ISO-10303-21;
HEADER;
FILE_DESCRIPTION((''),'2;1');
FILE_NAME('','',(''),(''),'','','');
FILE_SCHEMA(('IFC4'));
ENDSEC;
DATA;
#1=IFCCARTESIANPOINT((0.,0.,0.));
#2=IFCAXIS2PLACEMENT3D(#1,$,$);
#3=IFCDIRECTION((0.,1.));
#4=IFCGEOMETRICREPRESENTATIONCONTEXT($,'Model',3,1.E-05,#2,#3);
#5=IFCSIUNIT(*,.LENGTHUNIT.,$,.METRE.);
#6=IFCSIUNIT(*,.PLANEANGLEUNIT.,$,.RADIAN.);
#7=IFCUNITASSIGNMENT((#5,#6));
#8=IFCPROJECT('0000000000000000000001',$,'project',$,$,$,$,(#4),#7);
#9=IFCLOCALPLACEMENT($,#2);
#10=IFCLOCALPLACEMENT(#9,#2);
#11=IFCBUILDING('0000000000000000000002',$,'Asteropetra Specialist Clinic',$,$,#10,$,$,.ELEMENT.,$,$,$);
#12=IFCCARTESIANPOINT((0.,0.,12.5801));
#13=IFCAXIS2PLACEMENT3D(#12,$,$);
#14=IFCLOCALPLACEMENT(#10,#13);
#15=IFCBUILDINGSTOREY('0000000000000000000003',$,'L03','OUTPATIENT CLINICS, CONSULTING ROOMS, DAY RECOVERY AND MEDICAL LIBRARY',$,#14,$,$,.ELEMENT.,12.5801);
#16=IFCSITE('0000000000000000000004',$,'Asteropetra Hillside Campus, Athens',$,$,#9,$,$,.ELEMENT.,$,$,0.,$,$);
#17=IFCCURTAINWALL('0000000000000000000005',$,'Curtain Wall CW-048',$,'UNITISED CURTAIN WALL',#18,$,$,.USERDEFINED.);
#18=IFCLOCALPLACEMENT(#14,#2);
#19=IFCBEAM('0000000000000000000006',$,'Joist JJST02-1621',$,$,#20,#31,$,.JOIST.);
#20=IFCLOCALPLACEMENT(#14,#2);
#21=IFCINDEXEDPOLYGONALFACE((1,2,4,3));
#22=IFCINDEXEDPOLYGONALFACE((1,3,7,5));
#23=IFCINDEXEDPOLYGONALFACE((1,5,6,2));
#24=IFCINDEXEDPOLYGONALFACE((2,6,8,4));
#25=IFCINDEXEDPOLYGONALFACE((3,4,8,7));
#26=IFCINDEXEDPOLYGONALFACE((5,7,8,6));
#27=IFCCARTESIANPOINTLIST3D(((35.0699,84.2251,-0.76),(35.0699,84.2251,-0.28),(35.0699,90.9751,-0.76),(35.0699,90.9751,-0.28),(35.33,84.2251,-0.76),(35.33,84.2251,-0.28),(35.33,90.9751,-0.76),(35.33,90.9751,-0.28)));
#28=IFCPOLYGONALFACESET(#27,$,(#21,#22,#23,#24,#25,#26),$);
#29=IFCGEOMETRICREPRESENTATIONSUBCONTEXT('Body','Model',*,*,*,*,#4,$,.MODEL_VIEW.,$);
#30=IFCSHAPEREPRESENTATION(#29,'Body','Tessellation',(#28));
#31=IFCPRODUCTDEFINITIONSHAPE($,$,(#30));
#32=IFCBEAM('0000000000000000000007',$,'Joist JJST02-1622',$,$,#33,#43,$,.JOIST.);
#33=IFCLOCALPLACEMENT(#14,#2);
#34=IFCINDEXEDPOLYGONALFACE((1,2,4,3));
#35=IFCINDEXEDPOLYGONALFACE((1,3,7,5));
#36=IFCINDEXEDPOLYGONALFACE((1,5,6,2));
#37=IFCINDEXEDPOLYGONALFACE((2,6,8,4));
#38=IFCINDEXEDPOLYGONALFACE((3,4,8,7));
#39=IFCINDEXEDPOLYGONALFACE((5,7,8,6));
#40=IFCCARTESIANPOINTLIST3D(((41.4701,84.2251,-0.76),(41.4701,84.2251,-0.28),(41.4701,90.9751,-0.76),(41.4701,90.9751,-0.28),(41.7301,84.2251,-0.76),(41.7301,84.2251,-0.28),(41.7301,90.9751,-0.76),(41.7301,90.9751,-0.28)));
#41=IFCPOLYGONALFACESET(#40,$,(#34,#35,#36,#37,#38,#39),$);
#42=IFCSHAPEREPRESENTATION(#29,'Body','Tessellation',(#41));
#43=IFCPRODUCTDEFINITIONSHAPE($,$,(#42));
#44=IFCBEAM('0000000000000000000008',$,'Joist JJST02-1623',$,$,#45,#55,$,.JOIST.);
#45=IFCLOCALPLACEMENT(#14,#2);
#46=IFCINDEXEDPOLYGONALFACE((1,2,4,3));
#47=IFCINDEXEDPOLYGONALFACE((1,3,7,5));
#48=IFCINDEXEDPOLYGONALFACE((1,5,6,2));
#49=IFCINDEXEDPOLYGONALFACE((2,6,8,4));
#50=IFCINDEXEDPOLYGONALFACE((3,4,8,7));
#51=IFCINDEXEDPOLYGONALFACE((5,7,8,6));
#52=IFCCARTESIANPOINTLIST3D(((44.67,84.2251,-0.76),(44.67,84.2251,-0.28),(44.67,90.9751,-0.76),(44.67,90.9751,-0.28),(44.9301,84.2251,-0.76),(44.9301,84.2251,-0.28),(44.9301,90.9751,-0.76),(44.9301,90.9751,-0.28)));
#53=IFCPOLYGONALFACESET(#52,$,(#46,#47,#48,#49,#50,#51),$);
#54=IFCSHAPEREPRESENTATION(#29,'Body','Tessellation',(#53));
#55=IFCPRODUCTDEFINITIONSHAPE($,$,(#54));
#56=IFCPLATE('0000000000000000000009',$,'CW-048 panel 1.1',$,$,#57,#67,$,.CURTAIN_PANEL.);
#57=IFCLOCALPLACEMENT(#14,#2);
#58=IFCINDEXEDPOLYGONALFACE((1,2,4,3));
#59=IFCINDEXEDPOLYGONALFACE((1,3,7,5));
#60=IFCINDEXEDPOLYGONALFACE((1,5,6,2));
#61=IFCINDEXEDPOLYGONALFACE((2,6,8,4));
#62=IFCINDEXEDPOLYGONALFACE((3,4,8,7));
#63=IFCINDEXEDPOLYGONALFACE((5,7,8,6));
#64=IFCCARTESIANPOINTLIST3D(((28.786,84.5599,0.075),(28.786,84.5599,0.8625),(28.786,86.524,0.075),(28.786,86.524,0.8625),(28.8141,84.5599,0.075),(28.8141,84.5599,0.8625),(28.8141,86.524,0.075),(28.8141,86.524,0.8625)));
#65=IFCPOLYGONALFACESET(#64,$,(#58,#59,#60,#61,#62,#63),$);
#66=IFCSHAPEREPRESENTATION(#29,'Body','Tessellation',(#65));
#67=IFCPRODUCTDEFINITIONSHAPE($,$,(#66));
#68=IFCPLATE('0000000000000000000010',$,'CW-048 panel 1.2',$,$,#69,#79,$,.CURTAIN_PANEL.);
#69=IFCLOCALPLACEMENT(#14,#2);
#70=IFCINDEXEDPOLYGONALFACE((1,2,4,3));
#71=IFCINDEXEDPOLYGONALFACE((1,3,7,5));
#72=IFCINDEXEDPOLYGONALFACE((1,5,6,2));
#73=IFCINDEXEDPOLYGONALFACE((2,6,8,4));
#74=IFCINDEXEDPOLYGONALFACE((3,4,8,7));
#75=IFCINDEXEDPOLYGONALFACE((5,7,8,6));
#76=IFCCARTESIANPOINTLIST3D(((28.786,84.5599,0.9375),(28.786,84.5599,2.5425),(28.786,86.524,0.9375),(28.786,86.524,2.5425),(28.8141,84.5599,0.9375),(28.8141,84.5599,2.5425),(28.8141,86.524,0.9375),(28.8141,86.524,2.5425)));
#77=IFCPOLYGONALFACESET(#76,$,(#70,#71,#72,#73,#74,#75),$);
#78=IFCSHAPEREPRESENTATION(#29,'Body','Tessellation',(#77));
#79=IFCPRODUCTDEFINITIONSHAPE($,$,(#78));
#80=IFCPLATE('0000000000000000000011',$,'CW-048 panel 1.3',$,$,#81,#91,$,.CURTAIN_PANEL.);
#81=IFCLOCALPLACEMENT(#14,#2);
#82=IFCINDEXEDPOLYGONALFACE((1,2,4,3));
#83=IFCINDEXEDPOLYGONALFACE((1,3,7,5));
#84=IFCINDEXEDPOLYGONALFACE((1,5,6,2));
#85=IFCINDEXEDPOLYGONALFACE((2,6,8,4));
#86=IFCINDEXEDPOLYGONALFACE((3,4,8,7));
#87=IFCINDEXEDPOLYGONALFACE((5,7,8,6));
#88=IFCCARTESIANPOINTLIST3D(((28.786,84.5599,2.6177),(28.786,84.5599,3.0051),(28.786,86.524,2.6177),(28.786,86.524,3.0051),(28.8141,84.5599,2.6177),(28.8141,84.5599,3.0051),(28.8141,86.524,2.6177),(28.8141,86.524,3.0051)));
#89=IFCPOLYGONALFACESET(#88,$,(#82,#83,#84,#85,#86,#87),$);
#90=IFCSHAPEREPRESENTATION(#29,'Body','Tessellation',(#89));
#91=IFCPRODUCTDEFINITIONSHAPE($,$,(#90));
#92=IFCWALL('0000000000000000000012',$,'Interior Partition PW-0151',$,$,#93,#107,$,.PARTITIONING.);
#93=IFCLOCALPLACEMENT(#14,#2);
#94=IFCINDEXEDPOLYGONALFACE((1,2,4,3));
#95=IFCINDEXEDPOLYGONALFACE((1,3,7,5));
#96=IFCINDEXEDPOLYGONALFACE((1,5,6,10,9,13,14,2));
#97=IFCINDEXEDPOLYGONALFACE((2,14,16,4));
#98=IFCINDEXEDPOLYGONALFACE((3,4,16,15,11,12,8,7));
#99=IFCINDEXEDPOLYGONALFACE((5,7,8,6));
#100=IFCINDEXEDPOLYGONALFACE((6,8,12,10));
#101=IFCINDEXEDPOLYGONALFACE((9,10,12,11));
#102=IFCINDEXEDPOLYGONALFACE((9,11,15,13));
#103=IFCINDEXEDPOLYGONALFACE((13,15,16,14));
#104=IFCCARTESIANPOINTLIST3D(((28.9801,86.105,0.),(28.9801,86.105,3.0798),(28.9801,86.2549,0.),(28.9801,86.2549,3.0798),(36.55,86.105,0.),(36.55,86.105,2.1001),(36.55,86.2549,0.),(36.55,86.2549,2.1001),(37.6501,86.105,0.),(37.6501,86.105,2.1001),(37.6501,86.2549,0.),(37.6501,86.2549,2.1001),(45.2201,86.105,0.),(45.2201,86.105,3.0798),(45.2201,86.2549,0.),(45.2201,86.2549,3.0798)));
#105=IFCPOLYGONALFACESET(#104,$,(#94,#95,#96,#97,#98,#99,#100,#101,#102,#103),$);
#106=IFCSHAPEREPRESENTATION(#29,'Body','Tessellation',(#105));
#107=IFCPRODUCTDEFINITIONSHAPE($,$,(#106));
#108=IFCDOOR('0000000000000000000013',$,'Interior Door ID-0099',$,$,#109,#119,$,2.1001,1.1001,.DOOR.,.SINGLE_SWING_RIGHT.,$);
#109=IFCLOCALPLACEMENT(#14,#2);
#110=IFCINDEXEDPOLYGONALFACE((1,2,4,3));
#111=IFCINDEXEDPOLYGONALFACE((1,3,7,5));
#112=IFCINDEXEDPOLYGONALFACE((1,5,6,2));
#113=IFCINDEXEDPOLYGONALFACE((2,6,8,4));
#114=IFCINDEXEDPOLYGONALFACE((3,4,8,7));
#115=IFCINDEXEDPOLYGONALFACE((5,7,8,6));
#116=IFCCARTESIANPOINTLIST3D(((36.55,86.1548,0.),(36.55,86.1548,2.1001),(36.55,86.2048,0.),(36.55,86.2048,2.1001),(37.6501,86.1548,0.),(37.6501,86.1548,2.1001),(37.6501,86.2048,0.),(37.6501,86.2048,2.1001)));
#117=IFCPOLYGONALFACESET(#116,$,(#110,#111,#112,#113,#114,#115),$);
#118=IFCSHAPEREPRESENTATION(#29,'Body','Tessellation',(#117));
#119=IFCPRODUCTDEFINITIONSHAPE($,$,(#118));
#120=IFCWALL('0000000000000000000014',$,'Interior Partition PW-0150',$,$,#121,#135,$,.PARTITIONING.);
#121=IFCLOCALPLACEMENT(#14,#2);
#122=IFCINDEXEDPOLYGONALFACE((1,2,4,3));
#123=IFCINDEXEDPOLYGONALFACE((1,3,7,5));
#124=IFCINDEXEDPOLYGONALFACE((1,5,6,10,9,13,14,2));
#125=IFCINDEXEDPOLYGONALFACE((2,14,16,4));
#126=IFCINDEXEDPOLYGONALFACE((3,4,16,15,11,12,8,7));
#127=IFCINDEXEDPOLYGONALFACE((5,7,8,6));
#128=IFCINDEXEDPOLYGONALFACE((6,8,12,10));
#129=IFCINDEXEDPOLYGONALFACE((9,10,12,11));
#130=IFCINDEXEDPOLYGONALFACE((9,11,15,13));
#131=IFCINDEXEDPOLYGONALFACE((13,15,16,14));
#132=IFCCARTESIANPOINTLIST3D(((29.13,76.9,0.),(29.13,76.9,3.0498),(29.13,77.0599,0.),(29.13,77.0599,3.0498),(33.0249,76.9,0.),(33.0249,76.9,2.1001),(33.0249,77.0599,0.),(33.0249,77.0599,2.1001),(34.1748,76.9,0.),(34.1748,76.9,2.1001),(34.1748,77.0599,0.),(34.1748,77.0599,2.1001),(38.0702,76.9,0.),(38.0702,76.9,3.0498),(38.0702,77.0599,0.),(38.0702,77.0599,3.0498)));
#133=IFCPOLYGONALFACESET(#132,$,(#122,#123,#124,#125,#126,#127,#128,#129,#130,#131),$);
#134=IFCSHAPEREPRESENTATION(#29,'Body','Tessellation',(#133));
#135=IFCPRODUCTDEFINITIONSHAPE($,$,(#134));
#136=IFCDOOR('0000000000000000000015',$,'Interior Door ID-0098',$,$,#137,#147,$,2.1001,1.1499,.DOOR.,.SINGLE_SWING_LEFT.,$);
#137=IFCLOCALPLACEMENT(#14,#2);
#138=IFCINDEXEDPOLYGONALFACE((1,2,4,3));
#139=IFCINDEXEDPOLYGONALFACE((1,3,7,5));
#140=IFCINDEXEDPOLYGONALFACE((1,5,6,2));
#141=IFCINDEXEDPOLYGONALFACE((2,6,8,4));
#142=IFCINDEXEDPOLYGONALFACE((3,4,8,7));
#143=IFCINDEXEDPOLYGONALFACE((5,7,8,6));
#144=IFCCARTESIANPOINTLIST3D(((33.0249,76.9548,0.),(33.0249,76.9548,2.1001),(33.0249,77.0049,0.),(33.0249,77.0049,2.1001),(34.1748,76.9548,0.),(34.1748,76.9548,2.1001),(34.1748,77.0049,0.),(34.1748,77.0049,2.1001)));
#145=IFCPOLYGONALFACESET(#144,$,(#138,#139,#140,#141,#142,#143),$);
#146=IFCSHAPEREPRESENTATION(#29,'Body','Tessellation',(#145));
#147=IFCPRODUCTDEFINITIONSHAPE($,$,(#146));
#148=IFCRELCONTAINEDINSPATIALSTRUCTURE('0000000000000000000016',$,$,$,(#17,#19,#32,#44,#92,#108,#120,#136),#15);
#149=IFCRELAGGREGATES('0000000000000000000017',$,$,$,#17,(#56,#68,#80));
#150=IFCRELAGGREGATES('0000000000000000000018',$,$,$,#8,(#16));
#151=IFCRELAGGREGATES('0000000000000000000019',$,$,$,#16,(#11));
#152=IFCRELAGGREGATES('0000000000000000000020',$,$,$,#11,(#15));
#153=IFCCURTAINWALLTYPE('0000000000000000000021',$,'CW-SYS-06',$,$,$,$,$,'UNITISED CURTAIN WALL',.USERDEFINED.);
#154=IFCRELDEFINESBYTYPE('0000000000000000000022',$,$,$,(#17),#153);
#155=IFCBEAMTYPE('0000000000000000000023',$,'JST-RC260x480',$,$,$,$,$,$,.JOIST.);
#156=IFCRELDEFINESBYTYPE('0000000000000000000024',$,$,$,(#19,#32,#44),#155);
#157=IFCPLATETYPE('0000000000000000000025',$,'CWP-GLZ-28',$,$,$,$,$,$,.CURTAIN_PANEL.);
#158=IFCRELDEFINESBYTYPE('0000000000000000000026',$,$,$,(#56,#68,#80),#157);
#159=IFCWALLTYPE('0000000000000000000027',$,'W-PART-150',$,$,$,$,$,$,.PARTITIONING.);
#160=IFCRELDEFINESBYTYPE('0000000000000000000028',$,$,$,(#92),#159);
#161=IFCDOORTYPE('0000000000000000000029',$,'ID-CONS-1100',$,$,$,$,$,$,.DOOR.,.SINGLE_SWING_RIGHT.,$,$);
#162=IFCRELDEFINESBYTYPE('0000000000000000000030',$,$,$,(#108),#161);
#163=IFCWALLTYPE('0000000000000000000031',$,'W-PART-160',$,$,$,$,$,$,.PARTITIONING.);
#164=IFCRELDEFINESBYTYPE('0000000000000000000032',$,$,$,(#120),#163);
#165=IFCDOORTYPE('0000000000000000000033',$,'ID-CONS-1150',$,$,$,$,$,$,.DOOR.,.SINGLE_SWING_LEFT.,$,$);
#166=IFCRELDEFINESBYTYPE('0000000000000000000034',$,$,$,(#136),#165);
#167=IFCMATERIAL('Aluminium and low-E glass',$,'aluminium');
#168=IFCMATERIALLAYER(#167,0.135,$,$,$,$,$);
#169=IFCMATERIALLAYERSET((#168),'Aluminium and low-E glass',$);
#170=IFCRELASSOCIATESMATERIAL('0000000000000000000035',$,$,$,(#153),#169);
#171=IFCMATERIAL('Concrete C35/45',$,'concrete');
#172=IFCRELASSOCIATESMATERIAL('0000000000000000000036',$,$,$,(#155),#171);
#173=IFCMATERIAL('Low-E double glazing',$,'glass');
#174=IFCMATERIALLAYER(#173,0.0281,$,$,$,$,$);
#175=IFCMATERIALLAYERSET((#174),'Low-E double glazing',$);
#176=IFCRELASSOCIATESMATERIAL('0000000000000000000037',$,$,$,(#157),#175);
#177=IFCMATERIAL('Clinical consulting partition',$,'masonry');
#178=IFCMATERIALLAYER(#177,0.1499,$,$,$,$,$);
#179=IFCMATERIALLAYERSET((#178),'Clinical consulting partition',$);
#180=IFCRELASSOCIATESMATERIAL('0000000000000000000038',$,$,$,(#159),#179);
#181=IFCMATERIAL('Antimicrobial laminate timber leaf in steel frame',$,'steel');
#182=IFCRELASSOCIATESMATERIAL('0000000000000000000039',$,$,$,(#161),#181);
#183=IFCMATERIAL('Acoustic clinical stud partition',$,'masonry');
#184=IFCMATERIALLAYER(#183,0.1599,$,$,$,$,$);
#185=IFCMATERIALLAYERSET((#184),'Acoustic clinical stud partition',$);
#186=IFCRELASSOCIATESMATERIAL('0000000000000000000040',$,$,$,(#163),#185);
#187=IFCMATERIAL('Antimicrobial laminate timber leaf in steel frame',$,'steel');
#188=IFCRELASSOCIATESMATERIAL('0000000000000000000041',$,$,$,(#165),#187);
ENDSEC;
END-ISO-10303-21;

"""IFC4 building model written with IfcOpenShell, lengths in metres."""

from ifc_helpers import new_model, si_unit, direction, frame, frame_2d, origin, origin_2d, place, context, subcontext, project, spatial, rectangle, extrude, material, layer, layer_set, material_profile, profile_set, type_object, element, fill, aggregate, save


model = new_model("IFC4")

# Units and contexts
model_context = context("Model", 3, precision=1e-05, world=origin(), true_north=direction((0.0, 1.0)))
body_context = subcontext(model_context, "Body", "Model", "MODEL_VIEW")
ifc_project = project(units=[si_unit("LENGTHUNIT", "METRE"), si_unit("PLANEANGLEUNIT", "RADIAN")], contexts=[model_context])

# Site, building, storey
site_placement = place(None, origin())
site = spatial("IfcSite", under=ifc_project, at=site_placement, Name="Asteropetra Hillside Campus, Athens", CompositionType="ELEMENT", RefElevation=0.0)
building_placement = place(site_placement, origin())
building = spatial("IfcBuilding", under=site, at=building_placement, Name="Asteropetra Specialist Clinic", CompositionType="ELEMENT")
storey_placement = place(building_placement, frame((0.0, 0.0, 12.5801)))
storey = spatial("IfcBuildingStorey", under=building, at=storey_placement, Name="L03", Description="OUTPATIENT CLINICS, CONSULTING ROOMS, DAY RECOVERY AND MEDICAL LIBRARY", CompositionType="ELEMENT", Elevation=12.5801)

# Curtain wall
ifc_material_1 = material(Name="Aluminium and low-E glass", Category="aluminium")
ifc_layer_1 = layer(ifc_material_1, 0.135)
ifc_layer_set_1 = layer_set([ifc_layer_1], Name="Aluminium and low-E glass")
curtain_wall_type = type_object("IfcCurtainWallType", Name="CW-SYS-06", ElementType="UNITISED CURTAIN WALL", PredefinedType="USERDEFINED", material=ifc_layer_set_1)
curtain_wall_placement = place(storey_placement, origin())
curtain_wall = element("IfcCurtainWall", 1, at=curtain_wall_placement, inside=storey, type_object=curtain_wall_type, Name="Curtain Wall CW-048", ObjectType="UNITISED CURTAIN WALL", PredefinedType="USERDEFINED")

# Beams
ifc_material_2 = material(Name="Concrete C35/45", Category="concrete")
ifc_material_profile_1 = material_profile(ifc_material_2, rectangle(XDim=0.26, YDim=0.48, at=origin_2d()), Name="RCJ 260x480")
ifc_profile_set_1 = profile_set([ifc_material_profile_1], Name="Concrete C35/45")
beam_type_1 = type_object("IfcBeamType", Name="JST-RC260x480", PredefinedType="JOIST", material=ifc_profile_set_1)
for number, where, z_axis, x_axis, name in (
    (2, (35.2, 84.2251, -0.52), (0.0, 1.0, 0.0), (-1.0, 0.0, 0.0), "Joist JJST02-1621"),
    (3, (41.6001, 84.2251, -0.52), (0.0, 1.0, 0.0), (-1.0, 0.0, 0.0), "Joist JJST02-1622"),
    (4, (44.8, 84.2251, -0.52), (0.0, 1.0, 0.0), (-1.0, 0.0, 0.0), "Joist JJST02-1623"),
):
    element("IfcBeam", number, at=place(storey_placement, frame(where, z_axis=z_axis, x_axis=x_axis)), inside=storey, type_object=beam_type_1, Name=name, PredefinedType="JOIST", context=body_context, shape_type="SweptSolid", body=[
        extrude(rectangle(XDim=0.26, YDim=0.48, at=origin_2d()), origin(), (0.0, 0.0, 1.0), 6.75),
    ])

# Plates
ifc_material_3 = material(Name="Low-E double glazing", Category="glass")
ifc_layer_2 = layer(ifc_material_3, 0.0281)
ifc_layer_set_2 = layer_set([ifc_layer_2], Name="Low-E double glazing")
plate_type = type_object("IfcPlateType", Name="CWP-GLZ-28", PredefinedType="CURTAIN_PANEL", material=ifc_layer_set_2)
plate_1_placement = place(storey_placement, frame((28.8, 85.542, 0.075), z_axis=(0.0, 0.0, 1.0), x_axis=(0.0, 1.0, 0.0)))
plate_1 = element("IfcPlate", 5, at=plate_1_placement, type_object=plate_type, Name="CW-048 panel 1.1", PredefinedType="CURTAIN_PANEL", context=body_context, shape_type="SweptSolid", body=[
    extrude(rectangle(XDim=1.9641, YDim=0.0281, at=origin_2d()), origin(), (0.0, 0.0, 1.0), 0.7876),
])
plate_2_placement = place(storey_placement, frame((28.8, 85.542, 0.9375), z_axis=(0.0, 0.0, 1.0), x_axis=(0.0, 1.0, 0.0)))
plate_2 = element("IfcPlate", 6, at=plate_2_placement, type_object=plate_type, Name="CW-048 panel 1.2", PredefinedType="CURTAIN_PANEL", context=body_context, shape_type="SweptSolid", body=[
    extrude(rectangle(XDim=1.9641, YDim=0.0281, at=origin_2d()), origin(), (0.0, 0.0, 1.0), 1.605),
])
plate_3_placement = place(storey_placement, frame((28.8, 85.542, 2.6177), z_axis=(0.0, 0.0, 1.0), x_axis=(0.0, 1.0, 0.0)))
plate_3 = element("IfcPlate", 7, at=plate_3_placement, type_object=plate_type, Name="CW-048 panel 1.3", PredefinedType="CURTAIN_PANEL", context=body_context, shape_type="SweptSolid", body=[
    extrude(rectangle(XDim=1.9641, YDim=0.0281, at=origin_2d()), origin(), (0.0, 0.0, 1.0), 0.3875),
])
aggregate(curtain_wall, [plate_1, plate_2, plate_3])

# Walls, openings, doors
ifc_material_4 = material(Name="Clinical consulting partition", Category="masonry")
ifc_layer_3 = layer(ifc_material_4, 0.1499)
ifc_layer_set_3 = layer_set([ifc_layer_3], Name="Clinical consulting partition")
wall_type_1 = type_object("IfcWallType", Name="W-PART-150", PredefinedType="PARTITIONING", material=ifc_layer_set_3)
wall_1_placement = place(storey_placement, frame((28.98, 86.1799, 0.0), z_axis=(0.0, 0.0, 1.0), x_axis=(1.0, 0.0, 0.0)))
wall_1 = element("IfcWall", 8, at=wall_1_placement, inside=storey, type_object=wall_type_1, Name="Interior Partition PW-0151", PredefinedType="PARTITIONING", context=body_context, shape_type="SweptSolid", body=[
    extrude(rectangle(XDim=16.24, YDim=0.1499, at=frame_2d((8.1201, 0.0))), origin(), (0.0, 0.0, 1.0), 3.0798),
])
opening_1_placement = place(wall_1_placement, frame((7.5701, 0.0, 0.0)))
opening_1 = element("IfcOpeningElement", 9, at=opening_1_placement, cuts=wall_1, PredefinedType="OPENING", context=body_context, shape_type="SweptSolid", body=[
    extrude(rectangle(XDim=1.1001, YDim=2.1001, at=frame_2d((0.55, 1.05))), frame((0.0, 0.085, 0.0), z_axis=(0.0, -1.0, 0.0), x_axis=(1.0, 0.0, 0.0)), (0.0, 0.0, 1.0), 0.1699),
])
ifc_material_5 = material(Name="Antimicrobial laminate timber leaf in steel frame", Category="steel")
door_type_1 = type_object("IfcDoorType", Name="ID-CONS-1100", OperationType="SINGLE_SWING_RIGHT", PredefinedType="DOOR", material=ifc_material_5)
door_1_placement = place(opening_1_placement, origin())
door_1 = element("IfcDoor", 10, at=door_1_placement, inside=storey, type_object=door_type_1, Name="Interior Door ID-0099", OperationType="SINGLE_SWING_RIGHT", OverallHeight=2.1001, OverallWidth=1.1001, PredefinedType="DOOR", context=body_context, shape_type="SweptSolid", body=[
    extrude(rectangle(XDim=1.1001, YDim=2.1001, at=frame_2d((0.55, 1.05))), frame((0.0, 0.0249, 0.0), z_axis=(0.0, -1.0, 0.0), x_axis=(1.0, 0.0, 0.0)), (0.0, 0.0, 1.0), 0.05),
])
fill(opening_1, door_1)
ifc_material_6 = material(Name="Acoustic clinical stud partition", Category="masonry")
ifc_layer_4 = layer(ifc_material_6, 0.1599)
ifc_layer_set_4 = layer_set([ifc_layer_4], Name="Acoustic clinical stud partition")
wall_type_2 = type_object("IfcWallType", Name="W-PART-160", PredefinedType="PARTITIONING", material=ifc_layer_set_4)
wall_2_placement = place(storey_placement, frame((29.1299, 76.98, 0.0), z_axis=(0.0, 0.0, 1.0), x_axis=(1.0, 0.0, 0.0)))
wall_2 = element("IfcWall", 11, at=wall_2_placement, inside=storey, type_object=wall_type_2, Name="Interior Partition PW-0150", PredefinedType="PARTITIONING", context=body_context, shape_type="SweptSolid", body=[
    extrude(rectangle(XDim=8.9402, YDim=0.1599, at=frame_2d((4.4702, 0.0))), origin(), (0.0, 0.0, 1.0), 3.0498),
])
opening_2_placement = place(wall_2_placement, frame((3.895, 0.0, 0.0)))
opening_2 = element("IfcOpeningElement", 12, at=opening_2_placement, cuts=wall_2, PredefinedType="OPENING", context=body_context, shape_type="SweptSolid", body=[
    extrude(rectangle(XDim=1.1499, YDim=2.1001, at=frame_2d((0.575, 1.05))), frame((0.0, 0.0898, 0.0), z_axis=(0.0, -1.0, 0.0), x_axis=(1.0, 0.0, 0.0)), (0.0, 0.0, 1.0), 0.1799),
])
ifc_material_7 = material(Name="Antimicrobial laminate timber leaf in steel frame", Category="steel")
door_type_2 = type_object("IfcDoorType", Name="ID-CONS-1150", OperationType="SINGLE_SWING_LEFT", PredefinedType="DOOR", material=ifc_material_7)
door_2_placement = place(opening_2_placement, origin())
door_2 = element("IfcDoor", 13, at=door_2_placement, inside=storey, type_object=door_type_2, Name="Interior Door ID-0098", OperationType="SINGLE_SWING_LEFT", OverallHeight=2.1001, OverallWidth=1.1499, PredefinedType="DOOR", context=body_context, shape_type="SweptSolid", body=[
    extrude(rectangle(XDim=1.1499, YDim=2.1001, at=frame_2d((0.575, 1.05))), frame((0.0, 0.0249, 0.0), z_axis=(0.0, -1.0, 0.0), x_axis=(1.0, 0.0, 0.0)), (0.0, 0.0, 1.0), 0.05),
])
fill(opening_2, door_2)

save(model, "model.ifc")
